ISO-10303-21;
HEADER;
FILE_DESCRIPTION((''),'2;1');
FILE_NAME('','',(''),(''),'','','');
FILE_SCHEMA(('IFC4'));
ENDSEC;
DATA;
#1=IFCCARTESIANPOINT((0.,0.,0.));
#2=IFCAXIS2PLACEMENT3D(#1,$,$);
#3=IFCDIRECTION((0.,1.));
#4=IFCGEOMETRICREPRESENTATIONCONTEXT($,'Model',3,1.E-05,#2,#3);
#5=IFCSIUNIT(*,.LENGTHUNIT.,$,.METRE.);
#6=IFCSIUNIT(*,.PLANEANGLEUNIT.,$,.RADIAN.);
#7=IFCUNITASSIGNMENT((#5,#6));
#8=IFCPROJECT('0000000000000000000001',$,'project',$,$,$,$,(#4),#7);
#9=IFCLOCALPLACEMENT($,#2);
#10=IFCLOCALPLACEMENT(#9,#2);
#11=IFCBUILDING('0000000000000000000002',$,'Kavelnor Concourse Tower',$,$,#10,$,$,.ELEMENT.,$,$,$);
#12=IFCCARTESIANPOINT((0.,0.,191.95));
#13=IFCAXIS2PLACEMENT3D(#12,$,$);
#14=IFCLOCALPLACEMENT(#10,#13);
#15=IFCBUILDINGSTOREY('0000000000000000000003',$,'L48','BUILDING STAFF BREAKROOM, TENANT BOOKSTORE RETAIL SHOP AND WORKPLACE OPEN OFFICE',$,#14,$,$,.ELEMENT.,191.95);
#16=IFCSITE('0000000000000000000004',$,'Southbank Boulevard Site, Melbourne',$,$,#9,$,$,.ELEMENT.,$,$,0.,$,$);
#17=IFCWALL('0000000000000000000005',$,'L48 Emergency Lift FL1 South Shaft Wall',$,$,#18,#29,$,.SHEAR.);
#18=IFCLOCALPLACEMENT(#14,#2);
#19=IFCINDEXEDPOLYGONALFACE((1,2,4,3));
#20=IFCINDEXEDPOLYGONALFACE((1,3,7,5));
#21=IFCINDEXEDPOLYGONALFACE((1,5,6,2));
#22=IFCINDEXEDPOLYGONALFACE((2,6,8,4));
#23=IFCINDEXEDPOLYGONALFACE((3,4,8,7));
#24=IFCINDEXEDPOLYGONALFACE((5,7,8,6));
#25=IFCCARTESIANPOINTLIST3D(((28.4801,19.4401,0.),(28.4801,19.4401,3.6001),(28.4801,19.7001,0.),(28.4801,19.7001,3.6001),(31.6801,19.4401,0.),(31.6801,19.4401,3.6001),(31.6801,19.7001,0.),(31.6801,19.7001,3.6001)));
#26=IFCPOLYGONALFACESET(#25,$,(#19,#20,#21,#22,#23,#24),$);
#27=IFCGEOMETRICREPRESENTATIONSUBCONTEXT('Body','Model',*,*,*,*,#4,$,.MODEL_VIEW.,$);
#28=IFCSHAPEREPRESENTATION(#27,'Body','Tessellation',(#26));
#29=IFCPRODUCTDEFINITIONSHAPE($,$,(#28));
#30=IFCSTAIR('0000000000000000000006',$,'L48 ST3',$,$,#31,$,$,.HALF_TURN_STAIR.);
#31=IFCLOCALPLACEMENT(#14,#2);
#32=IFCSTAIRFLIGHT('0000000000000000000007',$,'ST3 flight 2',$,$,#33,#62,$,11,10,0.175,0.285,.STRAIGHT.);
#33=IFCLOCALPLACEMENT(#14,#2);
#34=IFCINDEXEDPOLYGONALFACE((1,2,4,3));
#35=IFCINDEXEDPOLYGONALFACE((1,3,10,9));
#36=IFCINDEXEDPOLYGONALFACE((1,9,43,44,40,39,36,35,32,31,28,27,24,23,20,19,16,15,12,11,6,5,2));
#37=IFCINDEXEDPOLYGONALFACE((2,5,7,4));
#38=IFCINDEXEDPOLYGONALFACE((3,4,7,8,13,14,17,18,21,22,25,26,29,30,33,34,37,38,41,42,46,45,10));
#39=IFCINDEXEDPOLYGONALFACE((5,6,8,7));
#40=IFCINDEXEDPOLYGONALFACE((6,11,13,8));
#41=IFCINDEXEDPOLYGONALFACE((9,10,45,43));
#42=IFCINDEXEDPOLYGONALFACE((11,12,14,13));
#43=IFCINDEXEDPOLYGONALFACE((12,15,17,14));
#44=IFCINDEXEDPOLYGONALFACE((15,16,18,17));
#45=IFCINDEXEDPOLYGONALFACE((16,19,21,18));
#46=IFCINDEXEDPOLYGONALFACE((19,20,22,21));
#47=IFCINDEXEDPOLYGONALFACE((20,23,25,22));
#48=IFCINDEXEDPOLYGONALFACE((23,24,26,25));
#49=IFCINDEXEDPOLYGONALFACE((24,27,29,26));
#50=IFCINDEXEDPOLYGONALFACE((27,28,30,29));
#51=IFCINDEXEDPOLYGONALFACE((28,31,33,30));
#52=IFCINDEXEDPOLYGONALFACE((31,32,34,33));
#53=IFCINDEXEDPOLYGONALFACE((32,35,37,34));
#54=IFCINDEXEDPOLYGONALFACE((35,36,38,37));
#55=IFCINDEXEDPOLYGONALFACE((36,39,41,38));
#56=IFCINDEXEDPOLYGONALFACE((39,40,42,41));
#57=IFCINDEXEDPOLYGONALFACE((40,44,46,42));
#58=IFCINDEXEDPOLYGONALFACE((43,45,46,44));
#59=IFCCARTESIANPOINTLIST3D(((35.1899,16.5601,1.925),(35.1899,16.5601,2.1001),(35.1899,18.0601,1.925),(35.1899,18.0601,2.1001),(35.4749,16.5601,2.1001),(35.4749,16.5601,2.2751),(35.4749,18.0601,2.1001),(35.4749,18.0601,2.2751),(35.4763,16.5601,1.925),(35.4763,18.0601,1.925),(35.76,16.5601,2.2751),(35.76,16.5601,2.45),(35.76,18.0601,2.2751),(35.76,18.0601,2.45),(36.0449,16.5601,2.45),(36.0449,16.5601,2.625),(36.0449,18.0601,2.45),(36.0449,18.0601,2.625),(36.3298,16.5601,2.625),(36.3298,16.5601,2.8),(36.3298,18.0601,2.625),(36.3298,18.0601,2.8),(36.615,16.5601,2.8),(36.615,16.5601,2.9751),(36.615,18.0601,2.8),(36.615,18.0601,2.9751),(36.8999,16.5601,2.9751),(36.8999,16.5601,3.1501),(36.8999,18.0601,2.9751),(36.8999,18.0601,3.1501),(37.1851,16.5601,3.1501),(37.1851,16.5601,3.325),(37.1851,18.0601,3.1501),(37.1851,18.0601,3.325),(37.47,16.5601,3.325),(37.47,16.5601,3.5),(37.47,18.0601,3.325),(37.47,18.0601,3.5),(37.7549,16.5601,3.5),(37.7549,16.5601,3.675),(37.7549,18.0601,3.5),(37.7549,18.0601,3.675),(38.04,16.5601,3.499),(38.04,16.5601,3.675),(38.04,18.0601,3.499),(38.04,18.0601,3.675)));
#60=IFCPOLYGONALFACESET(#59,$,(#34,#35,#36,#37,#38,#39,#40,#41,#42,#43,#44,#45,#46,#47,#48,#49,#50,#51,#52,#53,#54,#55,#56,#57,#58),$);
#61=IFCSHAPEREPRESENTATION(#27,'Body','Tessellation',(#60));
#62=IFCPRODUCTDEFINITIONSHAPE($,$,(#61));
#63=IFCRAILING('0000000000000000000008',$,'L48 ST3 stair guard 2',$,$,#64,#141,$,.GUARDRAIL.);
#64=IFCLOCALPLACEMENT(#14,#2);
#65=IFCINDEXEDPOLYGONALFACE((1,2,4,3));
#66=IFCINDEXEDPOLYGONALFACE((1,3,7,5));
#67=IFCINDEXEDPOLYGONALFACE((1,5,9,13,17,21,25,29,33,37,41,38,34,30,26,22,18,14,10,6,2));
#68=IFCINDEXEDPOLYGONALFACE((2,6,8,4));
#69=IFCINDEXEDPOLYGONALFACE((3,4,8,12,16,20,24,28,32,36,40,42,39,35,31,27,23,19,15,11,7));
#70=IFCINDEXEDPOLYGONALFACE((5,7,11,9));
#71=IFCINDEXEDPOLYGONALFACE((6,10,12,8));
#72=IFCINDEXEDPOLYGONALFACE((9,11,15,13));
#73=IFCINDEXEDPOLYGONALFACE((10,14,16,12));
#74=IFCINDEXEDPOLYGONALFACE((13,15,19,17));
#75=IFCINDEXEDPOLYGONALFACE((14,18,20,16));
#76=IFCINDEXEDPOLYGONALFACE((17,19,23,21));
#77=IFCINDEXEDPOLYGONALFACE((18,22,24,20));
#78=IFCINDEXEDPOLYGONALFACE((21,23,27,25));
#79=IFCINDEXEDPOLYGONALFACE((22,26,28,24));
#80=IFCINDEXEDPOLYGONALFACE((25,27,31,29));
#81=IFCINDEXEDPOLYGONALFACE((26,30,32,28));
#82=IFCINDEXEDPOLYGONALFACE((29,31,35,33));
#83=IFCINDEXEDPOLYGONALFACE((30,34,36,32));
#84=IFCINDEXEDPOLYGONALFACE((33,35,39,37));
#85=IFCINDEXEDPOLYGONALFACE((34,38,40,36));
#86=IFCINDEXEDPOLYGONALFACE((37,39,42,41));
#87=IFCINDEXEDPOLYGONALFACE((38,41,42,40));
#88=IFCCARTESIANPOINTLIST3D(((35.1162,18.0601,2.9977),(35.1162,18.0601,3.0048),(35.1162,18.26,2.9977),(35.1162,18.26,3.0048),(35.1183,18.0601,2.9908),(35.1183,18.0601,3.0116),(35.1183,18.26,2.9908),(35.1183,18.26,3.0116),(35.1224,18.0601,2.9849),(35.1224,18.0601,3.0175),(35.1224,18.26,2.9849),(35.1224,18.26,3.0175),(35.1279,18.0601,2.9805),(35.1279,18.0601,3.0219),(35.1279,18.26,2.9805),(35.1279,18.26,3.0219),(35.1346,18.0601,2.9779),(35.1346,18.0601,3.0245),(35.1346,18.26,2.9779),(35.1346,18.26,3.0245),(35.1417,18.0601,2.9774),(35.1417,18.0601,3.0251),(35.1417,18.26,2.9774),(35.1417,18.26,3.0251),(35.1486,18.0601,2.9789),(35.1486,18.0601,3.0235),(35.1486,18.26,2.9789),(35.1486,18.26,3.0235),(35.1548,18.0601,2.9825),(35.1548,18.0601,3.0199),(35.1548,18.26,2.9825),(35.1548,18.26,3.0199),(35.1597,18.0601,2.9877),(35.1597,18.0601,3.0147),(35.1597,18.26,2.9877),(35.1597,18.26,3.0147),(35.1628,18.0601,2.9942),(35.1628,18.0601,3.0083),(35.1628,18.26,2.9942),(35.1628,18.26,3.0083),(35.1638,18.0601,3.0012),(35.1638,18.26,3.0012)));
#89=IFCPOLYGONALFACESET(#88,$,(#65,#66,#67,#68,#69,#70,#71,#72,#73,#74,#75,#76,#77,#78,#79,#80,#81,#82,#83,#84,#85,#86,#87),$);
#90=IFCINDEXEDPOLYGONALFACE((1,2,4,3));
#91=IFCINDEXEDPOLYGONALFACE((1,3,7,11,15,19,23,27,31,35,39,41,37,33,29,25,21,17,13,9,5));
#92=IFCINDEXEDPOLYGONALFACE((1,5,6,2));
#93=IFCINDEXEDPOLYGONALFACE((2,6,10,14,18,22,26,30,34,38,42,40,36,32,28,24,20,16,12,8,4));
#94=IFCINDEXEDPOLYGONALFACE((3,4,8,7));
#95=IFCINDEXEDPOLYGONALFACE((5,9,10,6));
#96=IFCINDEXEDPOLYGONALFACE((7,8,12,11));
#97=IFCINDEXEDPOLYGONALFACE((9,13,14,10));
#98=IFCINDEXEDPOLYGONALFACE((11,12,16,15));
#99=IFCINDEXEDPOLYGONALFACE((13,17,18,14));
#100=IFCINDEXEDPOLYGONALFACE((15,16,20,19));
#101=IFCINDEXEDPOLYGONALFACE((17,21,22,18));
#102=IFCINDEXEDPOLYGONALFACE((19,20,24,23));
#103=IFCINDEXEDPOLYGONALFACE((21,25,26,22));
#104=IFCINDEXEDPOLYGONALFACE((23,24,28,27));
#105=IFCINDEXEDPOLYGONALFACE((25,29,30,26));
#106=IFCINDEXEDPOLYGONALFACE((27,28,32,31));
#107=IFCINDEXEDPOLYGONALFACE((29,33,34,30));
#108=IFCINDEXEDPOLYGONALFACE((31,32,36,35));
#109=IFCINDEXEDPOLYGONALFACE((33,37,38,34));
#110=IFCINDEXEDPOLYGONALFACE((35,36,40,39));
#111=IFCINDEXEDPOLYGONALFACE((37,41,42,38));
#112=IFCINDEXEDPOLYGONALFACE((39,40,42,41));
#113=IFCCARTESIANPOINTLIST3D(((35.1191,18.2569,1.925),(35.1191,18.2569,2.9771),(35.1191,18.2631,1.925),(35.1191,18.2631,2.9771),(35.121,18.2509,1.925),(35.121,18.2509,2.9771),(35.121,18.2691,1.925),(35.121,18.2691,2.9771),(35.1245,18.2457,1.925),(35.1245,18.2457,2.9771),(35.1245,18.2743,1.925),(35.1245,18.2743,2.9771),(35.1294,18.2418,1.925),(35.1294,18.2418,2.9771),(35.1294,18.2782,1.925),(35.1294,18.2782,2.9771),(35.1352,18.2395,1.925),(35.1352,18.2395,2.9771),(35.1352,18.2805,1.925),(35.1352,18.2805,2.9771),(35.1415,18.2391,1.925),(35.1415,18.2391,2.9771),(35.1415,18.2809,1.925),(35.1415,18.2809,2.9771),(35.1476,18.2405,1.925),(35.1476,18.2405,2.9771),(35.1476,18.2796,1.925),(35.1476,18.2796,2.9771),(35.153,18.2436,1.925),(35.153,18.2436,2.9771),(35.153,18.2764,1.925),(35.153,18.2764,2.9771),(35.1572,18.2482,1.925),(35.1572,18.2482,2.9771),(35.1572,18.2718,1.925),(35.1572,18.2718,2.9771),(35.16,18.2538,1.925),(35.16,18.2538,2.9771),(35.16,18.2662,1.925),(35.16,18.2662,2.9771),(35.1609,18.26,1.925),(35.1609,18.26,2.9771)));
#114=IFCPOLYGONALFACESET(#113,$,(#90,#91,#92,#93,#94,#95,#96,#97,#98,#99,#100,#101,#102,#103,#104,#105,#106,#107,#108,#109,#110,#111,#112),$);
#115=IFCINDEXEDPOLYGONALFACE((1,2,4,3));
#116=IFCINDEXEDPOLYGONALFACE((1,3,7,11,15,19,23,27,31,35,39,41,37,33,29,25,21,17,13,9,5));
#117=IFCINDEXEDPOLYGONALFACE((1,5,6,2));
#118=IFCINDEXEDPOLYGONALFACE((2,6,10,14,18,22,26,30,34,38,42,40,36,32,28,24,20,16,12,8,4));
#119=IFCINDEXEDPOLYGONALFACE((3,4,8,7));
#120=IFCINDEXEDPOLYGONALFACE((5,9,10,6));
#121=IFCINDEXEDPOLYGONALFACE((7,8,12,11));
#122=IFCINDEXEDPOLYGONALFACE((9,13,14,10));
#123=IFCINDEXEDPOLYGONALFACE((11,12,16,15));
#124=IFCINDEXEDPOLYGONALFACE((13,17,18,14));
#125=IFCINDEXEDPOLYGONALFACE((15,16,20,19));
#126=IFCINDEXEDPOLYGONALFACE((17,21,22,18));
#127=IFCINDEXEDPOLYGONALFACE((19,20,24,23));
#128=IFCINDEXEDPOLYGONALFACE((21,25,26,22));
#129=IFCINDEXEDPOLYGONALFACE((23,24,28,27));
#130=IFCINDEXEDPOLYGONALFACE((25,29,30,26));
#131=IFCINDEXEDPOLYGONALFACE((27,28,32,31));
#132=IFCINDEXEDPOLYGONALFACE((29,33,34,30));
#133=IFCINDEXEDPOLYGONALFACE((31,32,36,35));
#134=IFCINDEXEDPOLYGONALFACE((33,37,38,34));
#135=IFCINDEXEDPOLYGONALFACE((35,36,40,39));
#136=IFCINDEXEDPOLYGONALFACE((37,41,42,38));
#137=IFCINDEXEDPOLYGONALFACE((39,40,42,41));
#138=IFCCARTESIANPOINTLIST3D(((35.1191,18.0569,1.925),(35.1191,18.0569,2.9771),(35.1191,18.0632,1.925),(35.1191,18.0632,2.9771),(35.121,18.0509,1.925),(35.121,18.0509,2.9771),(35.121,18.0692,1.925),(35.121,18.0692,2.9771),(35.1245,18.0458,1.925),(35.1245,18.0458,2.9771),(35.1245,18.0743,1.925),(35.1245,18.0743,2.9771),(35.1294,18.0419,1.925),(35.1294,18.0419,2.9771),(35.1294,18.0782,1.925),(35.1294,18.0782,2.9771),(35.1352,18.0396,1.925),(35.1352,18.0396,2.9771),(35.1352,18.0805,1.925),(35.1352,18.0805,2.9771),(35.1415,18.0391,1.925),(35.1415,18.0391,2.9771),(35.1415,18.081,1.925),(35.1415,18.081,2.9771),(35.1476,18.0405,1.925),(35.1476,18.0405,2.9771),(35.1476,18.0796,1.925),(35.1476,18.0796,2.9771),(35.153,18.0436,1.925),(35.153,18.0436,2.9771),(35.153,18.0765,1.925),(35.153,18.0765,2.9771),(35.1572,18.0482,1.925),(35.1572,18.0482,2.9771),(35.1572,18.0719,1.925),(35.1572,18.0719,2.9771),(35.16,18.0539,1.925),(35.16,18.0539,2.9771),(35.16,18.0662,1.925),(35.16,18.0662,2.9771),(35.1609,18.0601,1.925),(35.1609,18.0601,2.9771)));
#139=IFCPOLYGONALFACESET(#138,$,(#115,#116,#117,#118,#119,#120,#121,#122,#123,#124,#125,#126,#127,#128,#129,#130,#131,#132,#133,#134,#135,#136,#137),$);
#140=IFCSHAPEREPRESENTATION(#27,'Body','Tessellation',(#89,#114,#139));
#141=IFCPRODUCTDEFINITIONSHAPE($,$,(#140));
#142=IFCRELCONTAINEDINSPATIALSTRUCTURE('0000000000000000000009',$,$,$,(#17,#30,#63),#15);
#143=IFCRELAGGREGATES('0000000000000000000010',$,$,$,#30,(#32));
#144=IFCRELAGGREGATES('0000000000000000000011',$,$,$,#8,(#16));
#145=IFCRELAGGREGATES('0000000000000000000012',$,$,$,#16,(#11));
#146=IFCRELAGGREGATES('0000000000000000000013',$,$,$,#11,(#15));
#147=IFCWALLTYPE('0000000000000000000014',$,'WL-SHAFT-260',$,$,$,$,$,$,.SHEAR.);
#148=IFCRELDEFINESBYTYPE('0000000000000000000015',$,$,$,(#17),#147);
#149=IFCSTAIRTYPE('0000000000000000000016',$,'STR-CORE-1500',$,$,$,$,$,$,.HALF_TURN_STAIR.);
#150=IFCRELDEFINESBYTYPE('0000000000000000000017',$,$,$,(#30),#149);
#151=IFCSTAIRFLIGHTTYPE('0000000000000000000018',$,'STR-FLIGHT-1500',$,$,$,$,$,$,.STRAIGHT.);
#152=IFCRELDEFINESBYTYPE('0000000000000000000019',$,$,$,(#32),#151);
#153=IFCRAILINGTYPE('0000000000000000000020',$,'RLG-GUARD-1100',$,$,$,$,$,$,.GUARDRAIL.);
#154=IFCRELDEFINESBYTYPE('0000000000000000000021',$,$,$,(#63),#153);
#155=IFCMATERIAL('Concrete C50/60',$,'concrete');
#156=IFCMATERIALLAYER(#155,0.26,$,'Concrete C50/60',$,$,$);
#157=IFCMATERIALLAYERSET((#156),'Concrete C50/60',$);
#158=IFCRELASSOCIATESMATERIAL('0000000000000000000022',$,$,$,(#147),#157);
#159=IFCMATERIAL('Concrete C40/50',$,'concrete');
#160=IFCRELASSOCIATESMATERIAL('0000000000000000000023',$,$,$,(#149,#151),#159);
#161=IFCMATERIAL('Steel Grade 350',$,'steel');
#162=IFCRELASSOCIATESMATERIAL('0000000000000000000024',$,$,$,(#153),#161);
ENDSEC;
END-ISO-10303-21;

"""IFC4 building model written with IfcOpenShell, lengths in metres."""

from ifc_helpers import new_model, si_unit, direction, frame, frame_2d, origin, origin_2d, place, context, subcontext, project, spatial, polyline, rectangle, circle, outline, extrude, material, layer, layer_set, type_object, element, aggregate, save


model = new_model("IFC4")

# Units and contexts
model_context = context("Model", 3, precision=1e-05, world=origin(), true_north=direction((0.0, 1.0)))
body_context = subcontext(model_context, "Body", "Model", "MODEL_VIEW")
ifc_project = project(units=[si_unit("LENGTHUNIT", "METRE"), si_unit("PLANEANGLEUNIT", "RADIAN")], contexts=[model_context])

# Site, building, storey
site_placement = place(None, origin())
site = spatial("IfcSite", under=ifc_project, at=site_placement, Name="Southbank Boulevard Site, Melbourne", CompositionType="ELEMENT", RefElevation=0.0)
building_placement = place(site_placement, origin())
building = spatial("IfcBuilding", under=site, at=building_placement, Name="Kavelnor Concourse Tower", CompositionType="ELEMENT")
storey_placement = place(building_placement, frame((0.0, 0.0, 191.95)))
storey = spatial("IfcBuildingStorey", under=building, at=storey_placement, Name="L48", Description="BUILDING STAFF BREAKROOM, TENANT BOOKSTORE RETAIL SHOP AND WORKPLACE OPEN OFFICE", CompositionType="ELEMENT", Elevation=191.95)

# Shared definitions
ifc_material_1 = material(Name="Steel Grade 350", Category="steel")

# Shared definitions
ifc_material_2 = material(Name="Concrete C50/60", Category="concrete")

# Wall
ifc_layer_1 = layer(ifc_material_2, 0.26, Name="Concrete C50/60")
ifc_layer_set_1 = layer_set([ifc_layer_1], Name="Concrete C50/60")
wall_type_1 = type_object("IfcWallType", Name="WL-SHAFT-260", PredefinedType="SHEAR", material=ifc_layer_set_1)
for number, where, z_axis, x_axis, name in (
    (1, (28.48, 19.5701, 0.0), (0.0, 0.0, 1.0), (1.0, 0.0, 0.0), "L48 Emergency Lift FL1 South Shaft Wall"),
):
    element("IfcWall", number, at=place(storey_placement, frame(where, z_axis=z_axis, x_axis=x_axis)), inside=storey, type_object=wall_type_1, Name=name, PredefinedType="SHEAR", context=body_context, shape_type="SweptSolid", body=[
        extrude(rectangle(XDim=3.2, YDim=0.26, at=frame_2d((1.6001, 0.0))), origin(), (0.0, 0.0, 1.0), 3.6001),
    ])

# Stair, stair flight
ifc_material_3 = material(Name="Concrete C40/50", Category="concrete")
stair_type = type_object("IfcStairType", Name="STR-CORE-1500", PredefinedType="HALF_TURN_STAIR", material=ifc_material_3)
stair_placement = place(storey_placement, origin())
stair = element("IfcStair", 2, at=stair_placement, inside=storey, type_object=stair_type, Name="L48 ST3", PredefinedType="HALF_TURN_STAIR")
stair_flight_type = type_object("IfcStairFlightType", Name="STR-FLIGHT-1500", PredefinedType="STRAIGHT", material=ifc_material_3)
stair_flight_placement = place(storey_placement, frame((35.1899, 17.3101, 1.925), z_axis=(0.0, 0.0, 1.0), x_axis=(1.0, 0.0, 0.0)))
stair_flight = element("IfcStairFlight", 3, at=stair_flight_placement, type_object=stair_flight_type, Name="ST3 flight 2", NumberOfRisers=11, NumberOfTreads=10, PredefinedType="STRAIGHT", RiserHeight=0.175, TreadLength=0.285, context=body_context, shape_type="SweptSolid", body=[
    extrude(outline(polyline([(0.0, 0.0), (0.0, 0.175), (0.2849, 0.175), (0.2849, 0.3501), (0.5701, 0.3501), (0.5701, 0.5249), (0.855, 0.5249), (0.855, 0.7), (1.1399, 0.7), (1.1399, 0.875), (1.425, 0.875), (1.425, 1.05), (1.71, 1.05), (1.71, 1.2251), (1.9951, 1.2251), (1.9951, 1.3999), (2.28, 1.3999), (2.28, 1.575), (2.5649, 1.575), (2.5649, 1.75), (2.8501, 1.75), (2.8501, 1.925), (2.8501, 1.574), (0.2864, 0.0), (0.0, 0.0)])), frame((0.0, 0.75, 0.0), z_axis=(0.0, -1.0, 0.0), x_axis=(1.0, 0.0, 0.0)), (0.0, 0.0, 1.0), 1.5),
])
aggregate(stair, [stair_flight])

# Railing
railing_type = type_object("IfcRailingType", Name="RLG-GUARD-1100", PredefinedType="GUARDRAIL", material=ifc_material_1)
railing_1_placement = place(storey_placement, frame((35.1399, 18.26, 1.925)))
element("IfcRailing", 4, at=railing_1_placement, inside=storey, type_object=railing_type, Name="L48 ST3 stair guard 2", PredefinedType="GUARDRAIL", context=body_context, shape_type="SweptSolid", body=[
    extrude(circle(Radius=0.0239, at=origin_2d()), frame((0.0, 0.0, 1.0762), z_axis=(0.0, -1.0, 0.0), x_axis=(1.0, 0.0, 0.0)), (0.0, 0.0, 1.0), 0.2),
    extrude(circle(Radius=0.021, at=origin_2d()), origin(), (0.0, 0.0, 1.0), 1.052),
    extrude(circle(Radius=0.021, at=origin_2d()), frame((0.0, -0.2, 0.0)), (0.0, 0.0, 1.0), 1.052),
])

save(model, "model.ifc")
